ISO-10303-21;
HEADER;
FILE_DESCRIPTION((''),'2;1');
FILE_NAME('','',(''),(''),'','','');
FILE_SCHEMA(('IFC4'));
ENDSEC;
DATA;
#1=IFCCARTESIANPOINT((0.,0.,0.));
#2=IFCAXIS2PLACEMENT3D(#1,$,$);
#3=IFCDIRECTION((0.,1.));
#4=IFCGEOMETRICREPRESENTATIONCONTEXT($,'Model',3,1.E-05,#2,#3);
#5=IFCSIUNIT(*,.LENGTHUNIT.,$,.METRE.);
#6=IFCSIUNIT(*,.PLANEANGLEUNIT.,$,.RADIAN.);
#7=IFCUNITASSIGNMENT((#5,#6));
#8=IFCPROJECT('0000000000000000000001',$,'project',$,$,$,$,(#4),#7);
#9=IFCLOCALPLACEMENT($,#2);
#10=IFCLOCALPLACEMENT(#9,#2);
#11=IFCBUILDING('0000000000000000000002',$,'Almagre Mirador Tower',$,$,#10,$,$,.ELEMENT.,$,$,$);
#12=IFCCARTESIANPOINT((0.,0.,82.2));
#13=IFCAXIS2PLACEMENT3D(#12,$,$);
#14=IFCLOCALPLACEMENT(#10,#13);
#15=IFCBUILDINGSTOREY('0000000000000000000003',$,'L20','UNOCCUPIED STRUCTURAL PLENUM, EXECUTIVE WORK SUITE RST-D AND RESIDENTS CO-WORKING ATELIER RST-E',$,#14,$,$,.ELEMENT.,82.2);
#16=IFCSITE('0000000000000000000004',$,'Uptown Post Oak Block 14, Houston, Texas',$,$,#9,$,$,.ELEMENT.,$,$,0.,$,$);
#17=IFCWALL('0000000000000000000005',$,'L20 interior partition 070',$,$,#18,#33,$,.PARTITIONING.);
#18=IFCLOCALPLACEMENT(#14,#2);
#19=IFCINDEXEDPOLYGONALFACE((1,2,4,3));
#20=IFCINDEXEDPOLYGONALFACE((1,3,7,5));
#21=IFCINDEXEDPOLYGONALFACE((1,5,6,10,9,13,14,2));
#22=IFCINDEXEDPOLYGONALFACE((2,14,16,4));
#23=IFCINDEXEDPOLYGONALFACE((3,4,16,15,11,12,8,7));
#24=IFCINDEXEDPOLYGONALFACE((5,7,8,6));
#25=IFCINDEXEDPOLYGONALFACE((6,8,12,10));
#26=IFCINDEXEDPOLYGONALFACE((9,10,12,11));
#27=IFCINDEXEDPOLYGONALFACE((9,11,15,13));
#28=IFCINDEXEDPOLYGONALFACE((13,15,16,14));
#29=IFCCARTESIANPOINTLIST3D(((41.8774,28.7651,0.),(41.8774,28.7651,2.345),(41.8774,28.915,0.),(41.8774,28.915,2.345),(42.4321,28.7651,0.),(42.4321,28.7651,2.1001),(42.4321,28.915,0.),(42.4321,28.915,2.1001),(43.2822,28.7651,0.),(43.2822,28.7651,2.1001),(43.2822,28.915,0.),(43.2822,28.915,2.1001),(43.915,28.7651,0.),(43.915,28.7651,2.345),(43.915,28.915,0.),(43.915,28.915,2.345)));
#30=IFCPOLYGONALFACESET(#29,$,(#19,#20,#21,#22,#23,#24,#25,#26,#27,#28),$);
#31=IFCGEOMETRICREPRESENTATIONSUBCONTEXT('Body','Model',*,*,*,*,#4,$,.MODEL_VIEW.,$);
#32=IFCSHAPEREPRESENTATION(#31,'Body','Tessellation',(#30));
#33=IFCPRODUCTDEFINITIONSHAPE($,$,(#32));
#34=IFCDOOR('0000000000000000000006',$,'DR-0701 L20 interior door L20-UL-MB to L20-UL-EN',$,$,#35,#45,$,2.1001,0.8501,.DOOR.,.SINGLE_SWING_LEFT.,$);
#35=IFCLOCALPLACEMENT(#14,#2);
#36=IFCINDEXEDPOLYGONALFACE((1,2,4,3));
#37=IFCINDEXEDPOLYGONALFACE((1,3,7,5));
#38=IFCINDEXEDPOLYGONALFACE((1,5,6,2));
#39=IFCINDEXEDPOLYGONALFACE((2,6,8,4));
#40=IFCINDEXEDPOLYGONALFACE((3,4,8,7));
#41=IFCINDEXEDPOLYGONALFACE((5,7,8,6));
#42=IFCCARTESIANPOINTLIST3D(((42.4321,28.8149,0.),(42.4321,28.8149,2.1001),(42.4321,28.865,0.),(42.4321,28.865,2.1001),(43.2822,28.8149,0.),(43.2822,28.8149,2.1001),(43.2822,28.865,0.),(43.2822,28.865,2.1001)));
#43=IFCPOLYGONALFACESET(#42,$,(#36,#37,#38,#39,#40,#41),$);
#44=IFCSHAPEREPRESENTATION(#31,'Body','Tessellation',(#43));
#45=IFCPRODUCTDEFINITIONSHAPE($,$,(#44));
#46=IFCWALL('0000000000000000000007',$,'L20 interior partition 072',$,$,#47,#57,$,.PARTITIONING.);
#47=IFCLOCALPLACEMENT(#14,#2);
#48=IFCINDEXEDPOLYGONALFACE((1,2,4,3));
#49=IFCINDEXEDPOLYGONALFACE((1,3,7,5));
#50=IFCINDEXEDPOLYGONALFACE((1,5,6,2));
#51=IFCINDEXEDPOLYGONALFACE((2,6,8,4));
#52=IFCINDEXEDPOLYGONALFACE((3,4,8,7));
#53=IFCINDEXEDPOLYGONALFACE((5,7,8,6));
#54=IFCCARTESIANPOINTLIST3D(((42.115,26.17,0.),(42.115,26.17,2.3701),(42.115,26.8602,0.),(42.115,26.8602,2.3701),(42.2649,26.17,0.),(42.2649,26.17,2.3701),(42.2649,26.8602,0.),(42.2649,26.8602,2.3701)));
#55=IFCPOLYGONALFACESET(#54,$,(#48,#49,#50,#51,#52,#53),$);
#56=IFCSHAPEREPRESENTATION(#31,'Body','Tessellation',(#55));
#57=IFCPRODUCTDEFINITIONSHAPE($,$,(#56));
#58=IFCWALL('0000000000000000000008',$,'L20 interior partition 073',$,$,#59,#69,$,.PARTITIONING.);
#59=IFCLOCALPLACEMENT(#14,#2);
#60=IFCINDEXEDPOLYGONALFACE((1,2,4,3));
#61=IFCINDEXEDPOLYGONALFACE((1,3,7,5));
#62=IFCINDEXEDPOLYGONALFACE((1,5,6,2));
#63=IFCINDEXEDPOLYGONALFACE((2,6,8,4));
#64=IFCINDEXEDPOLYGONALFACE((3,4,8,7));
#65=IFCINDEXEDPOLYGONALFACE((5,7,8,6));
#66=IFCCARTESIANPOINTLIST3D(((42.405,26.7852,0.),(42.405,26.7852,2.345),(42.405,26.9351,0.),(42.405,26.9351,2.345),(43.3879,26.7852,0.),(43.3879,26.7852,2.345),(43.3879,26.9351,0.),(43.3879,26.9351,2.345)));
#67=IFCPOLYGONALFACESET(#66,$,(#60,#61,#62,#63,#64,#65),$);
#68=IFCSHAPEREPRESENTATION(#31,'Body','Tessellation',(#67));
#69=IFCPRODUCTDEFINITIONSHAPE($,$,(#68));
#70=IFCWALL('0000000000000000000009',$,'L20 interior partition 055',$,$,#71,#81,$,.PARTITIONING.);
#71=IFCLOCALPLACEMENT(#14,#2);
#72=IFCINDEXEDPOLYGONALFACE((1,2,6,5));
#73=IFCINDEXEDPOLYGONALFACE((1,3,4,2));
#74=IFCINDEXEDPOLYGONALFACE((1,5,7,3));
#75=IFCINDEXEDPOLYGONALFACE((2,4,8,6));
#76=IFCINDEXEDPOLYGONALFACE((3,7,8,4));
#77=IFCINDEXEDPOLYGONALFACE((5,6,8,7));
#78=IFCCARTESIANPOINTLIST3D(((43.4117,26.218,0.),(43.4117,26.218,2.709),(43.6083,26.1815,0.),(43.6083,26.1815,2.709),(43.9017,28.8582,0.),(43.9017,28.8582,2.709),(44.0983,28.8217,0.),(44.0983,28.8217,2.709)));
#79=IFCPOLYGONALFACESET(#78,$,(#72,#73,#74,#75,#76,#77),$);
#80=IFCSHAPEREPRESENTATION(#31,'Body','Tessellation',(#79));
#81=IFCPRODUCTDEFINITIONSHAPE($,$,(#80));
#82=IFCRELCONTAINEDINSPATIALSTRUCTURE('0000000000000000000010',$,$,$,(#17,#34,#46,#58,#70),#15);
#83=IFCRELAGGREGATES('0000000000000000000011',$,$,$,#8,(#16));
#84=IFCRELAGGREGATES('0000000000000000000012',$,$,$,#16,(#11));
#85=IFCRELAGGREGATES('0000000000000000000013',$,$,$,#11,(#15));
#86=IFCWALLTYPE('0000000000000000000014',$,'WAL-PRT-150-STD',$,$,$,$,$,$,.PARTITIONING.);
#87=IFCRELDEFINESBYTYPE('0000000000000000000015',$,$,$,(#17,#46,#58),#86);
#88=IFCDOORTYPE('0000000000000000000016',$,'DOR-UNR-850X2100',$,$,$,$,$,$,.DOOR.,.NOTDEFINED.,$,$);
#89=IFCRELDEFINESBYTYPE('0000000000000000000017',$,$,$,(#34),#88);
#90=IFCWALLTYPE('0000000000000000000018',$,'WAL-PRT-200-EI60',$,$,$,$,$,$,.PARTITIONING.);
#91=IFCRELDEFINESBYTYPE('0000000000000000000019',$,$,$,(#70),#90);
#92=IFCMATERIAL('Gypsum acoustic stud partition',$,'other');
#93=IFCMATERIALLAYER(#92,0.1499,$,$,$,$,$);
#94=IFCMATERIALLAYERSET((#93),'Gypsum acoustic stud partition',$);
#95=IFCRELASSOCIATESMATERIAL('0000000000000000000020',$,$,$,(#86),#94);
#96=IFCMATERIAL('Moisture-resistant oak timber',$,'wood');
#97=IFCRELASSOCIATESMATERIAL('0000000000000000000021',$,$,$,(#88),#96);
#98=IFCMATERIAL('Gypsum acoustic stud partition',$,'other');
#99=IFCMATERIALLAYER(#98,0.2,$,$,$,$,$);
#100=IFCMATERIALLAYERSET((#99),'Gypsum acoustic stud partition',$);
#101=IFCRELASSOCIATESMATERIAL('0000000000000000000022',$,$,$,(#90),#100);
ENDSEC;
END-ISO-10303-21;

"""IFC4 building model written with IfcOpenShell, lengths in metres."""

from ifc_helpers import new_model, si_unit, direction, frame, frame_2d, origin, place, context, subcontext, project, spatial, rectangle, extrude, material, layer, layer_set, type_object, element, fill, save


model = new_model("IFC4")

# Units and contexts
model_context = context("Model", 3, precision=1e-05, world=origin(), true_north=direction((0.0, 1.0)))
body_context = subcontext(model_context, "Body", "Model", "MODEL_VIEW")
ifc_project = project(units=[si_unit("LENGTHUNIT", "METRE"), si_unit("PLANEANGLEUNIT", "RADIAN")], contexts=[model_context])

# Site, building, storey
site_placement = place(None, origin())
site = spatial("IfcSite", under=ifc_project, at=site_placement, Name="Uptown Post Oak Block 14, Houston, Texas", CompositionType="ELEMENT", RefElevation=0.0)
building_placement = place(site_placement, origin())
building = spatial("IfcBuilding", under=site, at=building_placement, Name="Almagre Mirador Tower", CompositionType="ELEMENT")
storey_placement = place(building_placement, frame((0.0, 0.0, 82.2)))
storey = spatial("IfcBuildingStorey", under=building, at=storey_placement, Name="L20", Description="UNOCCUPIED STRUCTURAL PLENUM, EXECUTIVE WORK SUITE RST-D AND RESIDENTS CO-WORKING ATELIER RST-E", CompositionType="ELEMENT", Elevation=82.2)

# Wall, opening, door
ifc_material_1 = material(Name="Gypsum acoustic stud partition", Category="other")
ifc_layer_1 = layer(ifc_material_1, 0.1499)
ifc_layer_set_1 = layer_set([ifc_layer_1], Name="Gypsum acoustic stud partition")
wall_type_1 = type_object("IfcWallType", Name="WAL-PRT-150-STD", PredefinedType="PARTITIONING", material=ifc_layer_set_1)
wall_1_placement = place(storey_placement, frame((41.8774, 28.8401, 0.0), z_axis=(0.0, 0.0, 1.0), x_axis=(1.0, 0.0, 0.0)))
wall_1 = element("IfcWall", 1, at=wall_1_placement, inside=storey, type_object=wall_type_1, Name="L20 interior partition 070", PredefinedType="PARTITIONING", context=body_context, shape_type="SweptSolid", body=[
    extrude(rectangle(XDim=2.0376, YDim=0.1499, at=frame_2d((1.0188, 0.0))), origin(), (0.0, 0.0, 1.0), 2.345),
])
opening_placement = place(wall_1_placement, frame((0.5547, 0.0, 0.0)))
opening = element("IfcOpeningElement", 2, at=opening_placement, cuts=wall_1, PredefinedType="OPENING", context=body_context, shape_type="SweptSolid", body=[
    extrude(rectangle(XDim=0.8501, YDim=2.1001, at=frame_2d((0.425, 1.05))), frame((0.0, 0.085, 0.0), z_axis=(0.0, -1.0, 0.0), x_axis=(1.0, 0.0, 0.0)), (0.0, 0.0, 1.0), 0.1699),
])
ifc_material_2 = material(Name="Moisture-resistant oak timber", Category="wood")
door_type = type_object("IfcDoorType", Name="DOR-UNR-850X2100", OperationType="NOTDEFINED", PredefinedType="DOOR", material=ifc_material_2)
door_placement = place(opening_placement, origin())
door = element("IfcDoor", 3, at=door_placement, inside=storey, type_object=door_type, Name="DR-0701 L20 interior door L20-UL-MB to L20-UL-EN", OperationType="SINGLE_SWING_LEFT", OverallHeight=2.1001, OverallWidth=0.8501, PredefinedType="DOOR", context=body_context, shape_type="SweptSolid", body=[
    extrude(rectangle(XDim=0.8501, YDim=2.1001, at=frame_2d((0.425, 1.05))), frame((0.0, 0.0249, 0.0), z_axis=(0.0, -1.0, 0.0), x_axis=(1.0, 0.0, 0.0)), (0.0, 0.0, 1.0), 0.05),
])
fill(opening, door)

# Walls
wall_2_placement = place(storey_placement, frame((42.1899, 26.1699, 0.0), z_axis=(0.0, 0.0, 1.0), x_axis=(0.0, 1.0, 0.0)))
element("IfcWall", 4, at=wall_2_placement, inside=storey, type_object=wall_type_1, Name="L20 interior partition 072", PredefinedType="PARTITIONING", context=body_context, shape_type="SweptSolid", body=[
    extrude(rectangle(XDim=0.6902, YDim=0.1499, at=frame_2d((0.3452, 0.0))), origin(), (0.0, 0.0, 1.0), 2.3701),
])
wall_3_placement = place(storey_placement, frame((42.405, 26.8601, 0.0), z_axis=(0.0, 0.0, 1.0), x_axis=(1.0, 0.0, 0.0)))
element("IfcWall", 5, at=wall_3_placement, inside=storey, type_object=wall_type_1, Name="L20 interior partition 073", PredefinedType="PARTITIONING", context=body_context, shape_type="SweptSolid", body=[
    extrude(rectangle(XDim=0.9829, YDim=0.1499, at=frame_2d((0.4915, 0.0))), origin(), (0.0, 0.0, 1.0), 2.345),
])
ifc_material_3 = material(Name="Gypsum acoustic stud partition", Category="other")
ifc_layer_2 = layer(ifc_material_3, 0.2)
ifc_layer_set_2 = layer_set([ifc_layer_2], Name="Gypsum acoustic stud partition")
wall_type_2 = type_object("IfcWallType", Name="WAL-PRT-200-EI60", PredefinedType="PARTITIONING", material=ifc_layer_set_2)
wall_4_placement = place(storey_placement, frame((44.0, 28.8401, 0.0), z_axis=(0.0, 0.0, 1.0), x_axis=(-0.182477, -0.98321, 0.0)))
element("IfcWall", 6, at=wall_4_placement, inside=storey, type_object=wall_type_2, Name="L20 interior partition 055", PredefinedType="PARTITIONING", context=body_context, shape_type="SweptSolid", body=[
    extrude(rectangle(XDim=2.6853, YDim=0.2, at=frame_2d((1.3428, 0.0))), origin(), (0.0, 0.0, 1.0), 2.709),
])

save(model, "model.ifc")
